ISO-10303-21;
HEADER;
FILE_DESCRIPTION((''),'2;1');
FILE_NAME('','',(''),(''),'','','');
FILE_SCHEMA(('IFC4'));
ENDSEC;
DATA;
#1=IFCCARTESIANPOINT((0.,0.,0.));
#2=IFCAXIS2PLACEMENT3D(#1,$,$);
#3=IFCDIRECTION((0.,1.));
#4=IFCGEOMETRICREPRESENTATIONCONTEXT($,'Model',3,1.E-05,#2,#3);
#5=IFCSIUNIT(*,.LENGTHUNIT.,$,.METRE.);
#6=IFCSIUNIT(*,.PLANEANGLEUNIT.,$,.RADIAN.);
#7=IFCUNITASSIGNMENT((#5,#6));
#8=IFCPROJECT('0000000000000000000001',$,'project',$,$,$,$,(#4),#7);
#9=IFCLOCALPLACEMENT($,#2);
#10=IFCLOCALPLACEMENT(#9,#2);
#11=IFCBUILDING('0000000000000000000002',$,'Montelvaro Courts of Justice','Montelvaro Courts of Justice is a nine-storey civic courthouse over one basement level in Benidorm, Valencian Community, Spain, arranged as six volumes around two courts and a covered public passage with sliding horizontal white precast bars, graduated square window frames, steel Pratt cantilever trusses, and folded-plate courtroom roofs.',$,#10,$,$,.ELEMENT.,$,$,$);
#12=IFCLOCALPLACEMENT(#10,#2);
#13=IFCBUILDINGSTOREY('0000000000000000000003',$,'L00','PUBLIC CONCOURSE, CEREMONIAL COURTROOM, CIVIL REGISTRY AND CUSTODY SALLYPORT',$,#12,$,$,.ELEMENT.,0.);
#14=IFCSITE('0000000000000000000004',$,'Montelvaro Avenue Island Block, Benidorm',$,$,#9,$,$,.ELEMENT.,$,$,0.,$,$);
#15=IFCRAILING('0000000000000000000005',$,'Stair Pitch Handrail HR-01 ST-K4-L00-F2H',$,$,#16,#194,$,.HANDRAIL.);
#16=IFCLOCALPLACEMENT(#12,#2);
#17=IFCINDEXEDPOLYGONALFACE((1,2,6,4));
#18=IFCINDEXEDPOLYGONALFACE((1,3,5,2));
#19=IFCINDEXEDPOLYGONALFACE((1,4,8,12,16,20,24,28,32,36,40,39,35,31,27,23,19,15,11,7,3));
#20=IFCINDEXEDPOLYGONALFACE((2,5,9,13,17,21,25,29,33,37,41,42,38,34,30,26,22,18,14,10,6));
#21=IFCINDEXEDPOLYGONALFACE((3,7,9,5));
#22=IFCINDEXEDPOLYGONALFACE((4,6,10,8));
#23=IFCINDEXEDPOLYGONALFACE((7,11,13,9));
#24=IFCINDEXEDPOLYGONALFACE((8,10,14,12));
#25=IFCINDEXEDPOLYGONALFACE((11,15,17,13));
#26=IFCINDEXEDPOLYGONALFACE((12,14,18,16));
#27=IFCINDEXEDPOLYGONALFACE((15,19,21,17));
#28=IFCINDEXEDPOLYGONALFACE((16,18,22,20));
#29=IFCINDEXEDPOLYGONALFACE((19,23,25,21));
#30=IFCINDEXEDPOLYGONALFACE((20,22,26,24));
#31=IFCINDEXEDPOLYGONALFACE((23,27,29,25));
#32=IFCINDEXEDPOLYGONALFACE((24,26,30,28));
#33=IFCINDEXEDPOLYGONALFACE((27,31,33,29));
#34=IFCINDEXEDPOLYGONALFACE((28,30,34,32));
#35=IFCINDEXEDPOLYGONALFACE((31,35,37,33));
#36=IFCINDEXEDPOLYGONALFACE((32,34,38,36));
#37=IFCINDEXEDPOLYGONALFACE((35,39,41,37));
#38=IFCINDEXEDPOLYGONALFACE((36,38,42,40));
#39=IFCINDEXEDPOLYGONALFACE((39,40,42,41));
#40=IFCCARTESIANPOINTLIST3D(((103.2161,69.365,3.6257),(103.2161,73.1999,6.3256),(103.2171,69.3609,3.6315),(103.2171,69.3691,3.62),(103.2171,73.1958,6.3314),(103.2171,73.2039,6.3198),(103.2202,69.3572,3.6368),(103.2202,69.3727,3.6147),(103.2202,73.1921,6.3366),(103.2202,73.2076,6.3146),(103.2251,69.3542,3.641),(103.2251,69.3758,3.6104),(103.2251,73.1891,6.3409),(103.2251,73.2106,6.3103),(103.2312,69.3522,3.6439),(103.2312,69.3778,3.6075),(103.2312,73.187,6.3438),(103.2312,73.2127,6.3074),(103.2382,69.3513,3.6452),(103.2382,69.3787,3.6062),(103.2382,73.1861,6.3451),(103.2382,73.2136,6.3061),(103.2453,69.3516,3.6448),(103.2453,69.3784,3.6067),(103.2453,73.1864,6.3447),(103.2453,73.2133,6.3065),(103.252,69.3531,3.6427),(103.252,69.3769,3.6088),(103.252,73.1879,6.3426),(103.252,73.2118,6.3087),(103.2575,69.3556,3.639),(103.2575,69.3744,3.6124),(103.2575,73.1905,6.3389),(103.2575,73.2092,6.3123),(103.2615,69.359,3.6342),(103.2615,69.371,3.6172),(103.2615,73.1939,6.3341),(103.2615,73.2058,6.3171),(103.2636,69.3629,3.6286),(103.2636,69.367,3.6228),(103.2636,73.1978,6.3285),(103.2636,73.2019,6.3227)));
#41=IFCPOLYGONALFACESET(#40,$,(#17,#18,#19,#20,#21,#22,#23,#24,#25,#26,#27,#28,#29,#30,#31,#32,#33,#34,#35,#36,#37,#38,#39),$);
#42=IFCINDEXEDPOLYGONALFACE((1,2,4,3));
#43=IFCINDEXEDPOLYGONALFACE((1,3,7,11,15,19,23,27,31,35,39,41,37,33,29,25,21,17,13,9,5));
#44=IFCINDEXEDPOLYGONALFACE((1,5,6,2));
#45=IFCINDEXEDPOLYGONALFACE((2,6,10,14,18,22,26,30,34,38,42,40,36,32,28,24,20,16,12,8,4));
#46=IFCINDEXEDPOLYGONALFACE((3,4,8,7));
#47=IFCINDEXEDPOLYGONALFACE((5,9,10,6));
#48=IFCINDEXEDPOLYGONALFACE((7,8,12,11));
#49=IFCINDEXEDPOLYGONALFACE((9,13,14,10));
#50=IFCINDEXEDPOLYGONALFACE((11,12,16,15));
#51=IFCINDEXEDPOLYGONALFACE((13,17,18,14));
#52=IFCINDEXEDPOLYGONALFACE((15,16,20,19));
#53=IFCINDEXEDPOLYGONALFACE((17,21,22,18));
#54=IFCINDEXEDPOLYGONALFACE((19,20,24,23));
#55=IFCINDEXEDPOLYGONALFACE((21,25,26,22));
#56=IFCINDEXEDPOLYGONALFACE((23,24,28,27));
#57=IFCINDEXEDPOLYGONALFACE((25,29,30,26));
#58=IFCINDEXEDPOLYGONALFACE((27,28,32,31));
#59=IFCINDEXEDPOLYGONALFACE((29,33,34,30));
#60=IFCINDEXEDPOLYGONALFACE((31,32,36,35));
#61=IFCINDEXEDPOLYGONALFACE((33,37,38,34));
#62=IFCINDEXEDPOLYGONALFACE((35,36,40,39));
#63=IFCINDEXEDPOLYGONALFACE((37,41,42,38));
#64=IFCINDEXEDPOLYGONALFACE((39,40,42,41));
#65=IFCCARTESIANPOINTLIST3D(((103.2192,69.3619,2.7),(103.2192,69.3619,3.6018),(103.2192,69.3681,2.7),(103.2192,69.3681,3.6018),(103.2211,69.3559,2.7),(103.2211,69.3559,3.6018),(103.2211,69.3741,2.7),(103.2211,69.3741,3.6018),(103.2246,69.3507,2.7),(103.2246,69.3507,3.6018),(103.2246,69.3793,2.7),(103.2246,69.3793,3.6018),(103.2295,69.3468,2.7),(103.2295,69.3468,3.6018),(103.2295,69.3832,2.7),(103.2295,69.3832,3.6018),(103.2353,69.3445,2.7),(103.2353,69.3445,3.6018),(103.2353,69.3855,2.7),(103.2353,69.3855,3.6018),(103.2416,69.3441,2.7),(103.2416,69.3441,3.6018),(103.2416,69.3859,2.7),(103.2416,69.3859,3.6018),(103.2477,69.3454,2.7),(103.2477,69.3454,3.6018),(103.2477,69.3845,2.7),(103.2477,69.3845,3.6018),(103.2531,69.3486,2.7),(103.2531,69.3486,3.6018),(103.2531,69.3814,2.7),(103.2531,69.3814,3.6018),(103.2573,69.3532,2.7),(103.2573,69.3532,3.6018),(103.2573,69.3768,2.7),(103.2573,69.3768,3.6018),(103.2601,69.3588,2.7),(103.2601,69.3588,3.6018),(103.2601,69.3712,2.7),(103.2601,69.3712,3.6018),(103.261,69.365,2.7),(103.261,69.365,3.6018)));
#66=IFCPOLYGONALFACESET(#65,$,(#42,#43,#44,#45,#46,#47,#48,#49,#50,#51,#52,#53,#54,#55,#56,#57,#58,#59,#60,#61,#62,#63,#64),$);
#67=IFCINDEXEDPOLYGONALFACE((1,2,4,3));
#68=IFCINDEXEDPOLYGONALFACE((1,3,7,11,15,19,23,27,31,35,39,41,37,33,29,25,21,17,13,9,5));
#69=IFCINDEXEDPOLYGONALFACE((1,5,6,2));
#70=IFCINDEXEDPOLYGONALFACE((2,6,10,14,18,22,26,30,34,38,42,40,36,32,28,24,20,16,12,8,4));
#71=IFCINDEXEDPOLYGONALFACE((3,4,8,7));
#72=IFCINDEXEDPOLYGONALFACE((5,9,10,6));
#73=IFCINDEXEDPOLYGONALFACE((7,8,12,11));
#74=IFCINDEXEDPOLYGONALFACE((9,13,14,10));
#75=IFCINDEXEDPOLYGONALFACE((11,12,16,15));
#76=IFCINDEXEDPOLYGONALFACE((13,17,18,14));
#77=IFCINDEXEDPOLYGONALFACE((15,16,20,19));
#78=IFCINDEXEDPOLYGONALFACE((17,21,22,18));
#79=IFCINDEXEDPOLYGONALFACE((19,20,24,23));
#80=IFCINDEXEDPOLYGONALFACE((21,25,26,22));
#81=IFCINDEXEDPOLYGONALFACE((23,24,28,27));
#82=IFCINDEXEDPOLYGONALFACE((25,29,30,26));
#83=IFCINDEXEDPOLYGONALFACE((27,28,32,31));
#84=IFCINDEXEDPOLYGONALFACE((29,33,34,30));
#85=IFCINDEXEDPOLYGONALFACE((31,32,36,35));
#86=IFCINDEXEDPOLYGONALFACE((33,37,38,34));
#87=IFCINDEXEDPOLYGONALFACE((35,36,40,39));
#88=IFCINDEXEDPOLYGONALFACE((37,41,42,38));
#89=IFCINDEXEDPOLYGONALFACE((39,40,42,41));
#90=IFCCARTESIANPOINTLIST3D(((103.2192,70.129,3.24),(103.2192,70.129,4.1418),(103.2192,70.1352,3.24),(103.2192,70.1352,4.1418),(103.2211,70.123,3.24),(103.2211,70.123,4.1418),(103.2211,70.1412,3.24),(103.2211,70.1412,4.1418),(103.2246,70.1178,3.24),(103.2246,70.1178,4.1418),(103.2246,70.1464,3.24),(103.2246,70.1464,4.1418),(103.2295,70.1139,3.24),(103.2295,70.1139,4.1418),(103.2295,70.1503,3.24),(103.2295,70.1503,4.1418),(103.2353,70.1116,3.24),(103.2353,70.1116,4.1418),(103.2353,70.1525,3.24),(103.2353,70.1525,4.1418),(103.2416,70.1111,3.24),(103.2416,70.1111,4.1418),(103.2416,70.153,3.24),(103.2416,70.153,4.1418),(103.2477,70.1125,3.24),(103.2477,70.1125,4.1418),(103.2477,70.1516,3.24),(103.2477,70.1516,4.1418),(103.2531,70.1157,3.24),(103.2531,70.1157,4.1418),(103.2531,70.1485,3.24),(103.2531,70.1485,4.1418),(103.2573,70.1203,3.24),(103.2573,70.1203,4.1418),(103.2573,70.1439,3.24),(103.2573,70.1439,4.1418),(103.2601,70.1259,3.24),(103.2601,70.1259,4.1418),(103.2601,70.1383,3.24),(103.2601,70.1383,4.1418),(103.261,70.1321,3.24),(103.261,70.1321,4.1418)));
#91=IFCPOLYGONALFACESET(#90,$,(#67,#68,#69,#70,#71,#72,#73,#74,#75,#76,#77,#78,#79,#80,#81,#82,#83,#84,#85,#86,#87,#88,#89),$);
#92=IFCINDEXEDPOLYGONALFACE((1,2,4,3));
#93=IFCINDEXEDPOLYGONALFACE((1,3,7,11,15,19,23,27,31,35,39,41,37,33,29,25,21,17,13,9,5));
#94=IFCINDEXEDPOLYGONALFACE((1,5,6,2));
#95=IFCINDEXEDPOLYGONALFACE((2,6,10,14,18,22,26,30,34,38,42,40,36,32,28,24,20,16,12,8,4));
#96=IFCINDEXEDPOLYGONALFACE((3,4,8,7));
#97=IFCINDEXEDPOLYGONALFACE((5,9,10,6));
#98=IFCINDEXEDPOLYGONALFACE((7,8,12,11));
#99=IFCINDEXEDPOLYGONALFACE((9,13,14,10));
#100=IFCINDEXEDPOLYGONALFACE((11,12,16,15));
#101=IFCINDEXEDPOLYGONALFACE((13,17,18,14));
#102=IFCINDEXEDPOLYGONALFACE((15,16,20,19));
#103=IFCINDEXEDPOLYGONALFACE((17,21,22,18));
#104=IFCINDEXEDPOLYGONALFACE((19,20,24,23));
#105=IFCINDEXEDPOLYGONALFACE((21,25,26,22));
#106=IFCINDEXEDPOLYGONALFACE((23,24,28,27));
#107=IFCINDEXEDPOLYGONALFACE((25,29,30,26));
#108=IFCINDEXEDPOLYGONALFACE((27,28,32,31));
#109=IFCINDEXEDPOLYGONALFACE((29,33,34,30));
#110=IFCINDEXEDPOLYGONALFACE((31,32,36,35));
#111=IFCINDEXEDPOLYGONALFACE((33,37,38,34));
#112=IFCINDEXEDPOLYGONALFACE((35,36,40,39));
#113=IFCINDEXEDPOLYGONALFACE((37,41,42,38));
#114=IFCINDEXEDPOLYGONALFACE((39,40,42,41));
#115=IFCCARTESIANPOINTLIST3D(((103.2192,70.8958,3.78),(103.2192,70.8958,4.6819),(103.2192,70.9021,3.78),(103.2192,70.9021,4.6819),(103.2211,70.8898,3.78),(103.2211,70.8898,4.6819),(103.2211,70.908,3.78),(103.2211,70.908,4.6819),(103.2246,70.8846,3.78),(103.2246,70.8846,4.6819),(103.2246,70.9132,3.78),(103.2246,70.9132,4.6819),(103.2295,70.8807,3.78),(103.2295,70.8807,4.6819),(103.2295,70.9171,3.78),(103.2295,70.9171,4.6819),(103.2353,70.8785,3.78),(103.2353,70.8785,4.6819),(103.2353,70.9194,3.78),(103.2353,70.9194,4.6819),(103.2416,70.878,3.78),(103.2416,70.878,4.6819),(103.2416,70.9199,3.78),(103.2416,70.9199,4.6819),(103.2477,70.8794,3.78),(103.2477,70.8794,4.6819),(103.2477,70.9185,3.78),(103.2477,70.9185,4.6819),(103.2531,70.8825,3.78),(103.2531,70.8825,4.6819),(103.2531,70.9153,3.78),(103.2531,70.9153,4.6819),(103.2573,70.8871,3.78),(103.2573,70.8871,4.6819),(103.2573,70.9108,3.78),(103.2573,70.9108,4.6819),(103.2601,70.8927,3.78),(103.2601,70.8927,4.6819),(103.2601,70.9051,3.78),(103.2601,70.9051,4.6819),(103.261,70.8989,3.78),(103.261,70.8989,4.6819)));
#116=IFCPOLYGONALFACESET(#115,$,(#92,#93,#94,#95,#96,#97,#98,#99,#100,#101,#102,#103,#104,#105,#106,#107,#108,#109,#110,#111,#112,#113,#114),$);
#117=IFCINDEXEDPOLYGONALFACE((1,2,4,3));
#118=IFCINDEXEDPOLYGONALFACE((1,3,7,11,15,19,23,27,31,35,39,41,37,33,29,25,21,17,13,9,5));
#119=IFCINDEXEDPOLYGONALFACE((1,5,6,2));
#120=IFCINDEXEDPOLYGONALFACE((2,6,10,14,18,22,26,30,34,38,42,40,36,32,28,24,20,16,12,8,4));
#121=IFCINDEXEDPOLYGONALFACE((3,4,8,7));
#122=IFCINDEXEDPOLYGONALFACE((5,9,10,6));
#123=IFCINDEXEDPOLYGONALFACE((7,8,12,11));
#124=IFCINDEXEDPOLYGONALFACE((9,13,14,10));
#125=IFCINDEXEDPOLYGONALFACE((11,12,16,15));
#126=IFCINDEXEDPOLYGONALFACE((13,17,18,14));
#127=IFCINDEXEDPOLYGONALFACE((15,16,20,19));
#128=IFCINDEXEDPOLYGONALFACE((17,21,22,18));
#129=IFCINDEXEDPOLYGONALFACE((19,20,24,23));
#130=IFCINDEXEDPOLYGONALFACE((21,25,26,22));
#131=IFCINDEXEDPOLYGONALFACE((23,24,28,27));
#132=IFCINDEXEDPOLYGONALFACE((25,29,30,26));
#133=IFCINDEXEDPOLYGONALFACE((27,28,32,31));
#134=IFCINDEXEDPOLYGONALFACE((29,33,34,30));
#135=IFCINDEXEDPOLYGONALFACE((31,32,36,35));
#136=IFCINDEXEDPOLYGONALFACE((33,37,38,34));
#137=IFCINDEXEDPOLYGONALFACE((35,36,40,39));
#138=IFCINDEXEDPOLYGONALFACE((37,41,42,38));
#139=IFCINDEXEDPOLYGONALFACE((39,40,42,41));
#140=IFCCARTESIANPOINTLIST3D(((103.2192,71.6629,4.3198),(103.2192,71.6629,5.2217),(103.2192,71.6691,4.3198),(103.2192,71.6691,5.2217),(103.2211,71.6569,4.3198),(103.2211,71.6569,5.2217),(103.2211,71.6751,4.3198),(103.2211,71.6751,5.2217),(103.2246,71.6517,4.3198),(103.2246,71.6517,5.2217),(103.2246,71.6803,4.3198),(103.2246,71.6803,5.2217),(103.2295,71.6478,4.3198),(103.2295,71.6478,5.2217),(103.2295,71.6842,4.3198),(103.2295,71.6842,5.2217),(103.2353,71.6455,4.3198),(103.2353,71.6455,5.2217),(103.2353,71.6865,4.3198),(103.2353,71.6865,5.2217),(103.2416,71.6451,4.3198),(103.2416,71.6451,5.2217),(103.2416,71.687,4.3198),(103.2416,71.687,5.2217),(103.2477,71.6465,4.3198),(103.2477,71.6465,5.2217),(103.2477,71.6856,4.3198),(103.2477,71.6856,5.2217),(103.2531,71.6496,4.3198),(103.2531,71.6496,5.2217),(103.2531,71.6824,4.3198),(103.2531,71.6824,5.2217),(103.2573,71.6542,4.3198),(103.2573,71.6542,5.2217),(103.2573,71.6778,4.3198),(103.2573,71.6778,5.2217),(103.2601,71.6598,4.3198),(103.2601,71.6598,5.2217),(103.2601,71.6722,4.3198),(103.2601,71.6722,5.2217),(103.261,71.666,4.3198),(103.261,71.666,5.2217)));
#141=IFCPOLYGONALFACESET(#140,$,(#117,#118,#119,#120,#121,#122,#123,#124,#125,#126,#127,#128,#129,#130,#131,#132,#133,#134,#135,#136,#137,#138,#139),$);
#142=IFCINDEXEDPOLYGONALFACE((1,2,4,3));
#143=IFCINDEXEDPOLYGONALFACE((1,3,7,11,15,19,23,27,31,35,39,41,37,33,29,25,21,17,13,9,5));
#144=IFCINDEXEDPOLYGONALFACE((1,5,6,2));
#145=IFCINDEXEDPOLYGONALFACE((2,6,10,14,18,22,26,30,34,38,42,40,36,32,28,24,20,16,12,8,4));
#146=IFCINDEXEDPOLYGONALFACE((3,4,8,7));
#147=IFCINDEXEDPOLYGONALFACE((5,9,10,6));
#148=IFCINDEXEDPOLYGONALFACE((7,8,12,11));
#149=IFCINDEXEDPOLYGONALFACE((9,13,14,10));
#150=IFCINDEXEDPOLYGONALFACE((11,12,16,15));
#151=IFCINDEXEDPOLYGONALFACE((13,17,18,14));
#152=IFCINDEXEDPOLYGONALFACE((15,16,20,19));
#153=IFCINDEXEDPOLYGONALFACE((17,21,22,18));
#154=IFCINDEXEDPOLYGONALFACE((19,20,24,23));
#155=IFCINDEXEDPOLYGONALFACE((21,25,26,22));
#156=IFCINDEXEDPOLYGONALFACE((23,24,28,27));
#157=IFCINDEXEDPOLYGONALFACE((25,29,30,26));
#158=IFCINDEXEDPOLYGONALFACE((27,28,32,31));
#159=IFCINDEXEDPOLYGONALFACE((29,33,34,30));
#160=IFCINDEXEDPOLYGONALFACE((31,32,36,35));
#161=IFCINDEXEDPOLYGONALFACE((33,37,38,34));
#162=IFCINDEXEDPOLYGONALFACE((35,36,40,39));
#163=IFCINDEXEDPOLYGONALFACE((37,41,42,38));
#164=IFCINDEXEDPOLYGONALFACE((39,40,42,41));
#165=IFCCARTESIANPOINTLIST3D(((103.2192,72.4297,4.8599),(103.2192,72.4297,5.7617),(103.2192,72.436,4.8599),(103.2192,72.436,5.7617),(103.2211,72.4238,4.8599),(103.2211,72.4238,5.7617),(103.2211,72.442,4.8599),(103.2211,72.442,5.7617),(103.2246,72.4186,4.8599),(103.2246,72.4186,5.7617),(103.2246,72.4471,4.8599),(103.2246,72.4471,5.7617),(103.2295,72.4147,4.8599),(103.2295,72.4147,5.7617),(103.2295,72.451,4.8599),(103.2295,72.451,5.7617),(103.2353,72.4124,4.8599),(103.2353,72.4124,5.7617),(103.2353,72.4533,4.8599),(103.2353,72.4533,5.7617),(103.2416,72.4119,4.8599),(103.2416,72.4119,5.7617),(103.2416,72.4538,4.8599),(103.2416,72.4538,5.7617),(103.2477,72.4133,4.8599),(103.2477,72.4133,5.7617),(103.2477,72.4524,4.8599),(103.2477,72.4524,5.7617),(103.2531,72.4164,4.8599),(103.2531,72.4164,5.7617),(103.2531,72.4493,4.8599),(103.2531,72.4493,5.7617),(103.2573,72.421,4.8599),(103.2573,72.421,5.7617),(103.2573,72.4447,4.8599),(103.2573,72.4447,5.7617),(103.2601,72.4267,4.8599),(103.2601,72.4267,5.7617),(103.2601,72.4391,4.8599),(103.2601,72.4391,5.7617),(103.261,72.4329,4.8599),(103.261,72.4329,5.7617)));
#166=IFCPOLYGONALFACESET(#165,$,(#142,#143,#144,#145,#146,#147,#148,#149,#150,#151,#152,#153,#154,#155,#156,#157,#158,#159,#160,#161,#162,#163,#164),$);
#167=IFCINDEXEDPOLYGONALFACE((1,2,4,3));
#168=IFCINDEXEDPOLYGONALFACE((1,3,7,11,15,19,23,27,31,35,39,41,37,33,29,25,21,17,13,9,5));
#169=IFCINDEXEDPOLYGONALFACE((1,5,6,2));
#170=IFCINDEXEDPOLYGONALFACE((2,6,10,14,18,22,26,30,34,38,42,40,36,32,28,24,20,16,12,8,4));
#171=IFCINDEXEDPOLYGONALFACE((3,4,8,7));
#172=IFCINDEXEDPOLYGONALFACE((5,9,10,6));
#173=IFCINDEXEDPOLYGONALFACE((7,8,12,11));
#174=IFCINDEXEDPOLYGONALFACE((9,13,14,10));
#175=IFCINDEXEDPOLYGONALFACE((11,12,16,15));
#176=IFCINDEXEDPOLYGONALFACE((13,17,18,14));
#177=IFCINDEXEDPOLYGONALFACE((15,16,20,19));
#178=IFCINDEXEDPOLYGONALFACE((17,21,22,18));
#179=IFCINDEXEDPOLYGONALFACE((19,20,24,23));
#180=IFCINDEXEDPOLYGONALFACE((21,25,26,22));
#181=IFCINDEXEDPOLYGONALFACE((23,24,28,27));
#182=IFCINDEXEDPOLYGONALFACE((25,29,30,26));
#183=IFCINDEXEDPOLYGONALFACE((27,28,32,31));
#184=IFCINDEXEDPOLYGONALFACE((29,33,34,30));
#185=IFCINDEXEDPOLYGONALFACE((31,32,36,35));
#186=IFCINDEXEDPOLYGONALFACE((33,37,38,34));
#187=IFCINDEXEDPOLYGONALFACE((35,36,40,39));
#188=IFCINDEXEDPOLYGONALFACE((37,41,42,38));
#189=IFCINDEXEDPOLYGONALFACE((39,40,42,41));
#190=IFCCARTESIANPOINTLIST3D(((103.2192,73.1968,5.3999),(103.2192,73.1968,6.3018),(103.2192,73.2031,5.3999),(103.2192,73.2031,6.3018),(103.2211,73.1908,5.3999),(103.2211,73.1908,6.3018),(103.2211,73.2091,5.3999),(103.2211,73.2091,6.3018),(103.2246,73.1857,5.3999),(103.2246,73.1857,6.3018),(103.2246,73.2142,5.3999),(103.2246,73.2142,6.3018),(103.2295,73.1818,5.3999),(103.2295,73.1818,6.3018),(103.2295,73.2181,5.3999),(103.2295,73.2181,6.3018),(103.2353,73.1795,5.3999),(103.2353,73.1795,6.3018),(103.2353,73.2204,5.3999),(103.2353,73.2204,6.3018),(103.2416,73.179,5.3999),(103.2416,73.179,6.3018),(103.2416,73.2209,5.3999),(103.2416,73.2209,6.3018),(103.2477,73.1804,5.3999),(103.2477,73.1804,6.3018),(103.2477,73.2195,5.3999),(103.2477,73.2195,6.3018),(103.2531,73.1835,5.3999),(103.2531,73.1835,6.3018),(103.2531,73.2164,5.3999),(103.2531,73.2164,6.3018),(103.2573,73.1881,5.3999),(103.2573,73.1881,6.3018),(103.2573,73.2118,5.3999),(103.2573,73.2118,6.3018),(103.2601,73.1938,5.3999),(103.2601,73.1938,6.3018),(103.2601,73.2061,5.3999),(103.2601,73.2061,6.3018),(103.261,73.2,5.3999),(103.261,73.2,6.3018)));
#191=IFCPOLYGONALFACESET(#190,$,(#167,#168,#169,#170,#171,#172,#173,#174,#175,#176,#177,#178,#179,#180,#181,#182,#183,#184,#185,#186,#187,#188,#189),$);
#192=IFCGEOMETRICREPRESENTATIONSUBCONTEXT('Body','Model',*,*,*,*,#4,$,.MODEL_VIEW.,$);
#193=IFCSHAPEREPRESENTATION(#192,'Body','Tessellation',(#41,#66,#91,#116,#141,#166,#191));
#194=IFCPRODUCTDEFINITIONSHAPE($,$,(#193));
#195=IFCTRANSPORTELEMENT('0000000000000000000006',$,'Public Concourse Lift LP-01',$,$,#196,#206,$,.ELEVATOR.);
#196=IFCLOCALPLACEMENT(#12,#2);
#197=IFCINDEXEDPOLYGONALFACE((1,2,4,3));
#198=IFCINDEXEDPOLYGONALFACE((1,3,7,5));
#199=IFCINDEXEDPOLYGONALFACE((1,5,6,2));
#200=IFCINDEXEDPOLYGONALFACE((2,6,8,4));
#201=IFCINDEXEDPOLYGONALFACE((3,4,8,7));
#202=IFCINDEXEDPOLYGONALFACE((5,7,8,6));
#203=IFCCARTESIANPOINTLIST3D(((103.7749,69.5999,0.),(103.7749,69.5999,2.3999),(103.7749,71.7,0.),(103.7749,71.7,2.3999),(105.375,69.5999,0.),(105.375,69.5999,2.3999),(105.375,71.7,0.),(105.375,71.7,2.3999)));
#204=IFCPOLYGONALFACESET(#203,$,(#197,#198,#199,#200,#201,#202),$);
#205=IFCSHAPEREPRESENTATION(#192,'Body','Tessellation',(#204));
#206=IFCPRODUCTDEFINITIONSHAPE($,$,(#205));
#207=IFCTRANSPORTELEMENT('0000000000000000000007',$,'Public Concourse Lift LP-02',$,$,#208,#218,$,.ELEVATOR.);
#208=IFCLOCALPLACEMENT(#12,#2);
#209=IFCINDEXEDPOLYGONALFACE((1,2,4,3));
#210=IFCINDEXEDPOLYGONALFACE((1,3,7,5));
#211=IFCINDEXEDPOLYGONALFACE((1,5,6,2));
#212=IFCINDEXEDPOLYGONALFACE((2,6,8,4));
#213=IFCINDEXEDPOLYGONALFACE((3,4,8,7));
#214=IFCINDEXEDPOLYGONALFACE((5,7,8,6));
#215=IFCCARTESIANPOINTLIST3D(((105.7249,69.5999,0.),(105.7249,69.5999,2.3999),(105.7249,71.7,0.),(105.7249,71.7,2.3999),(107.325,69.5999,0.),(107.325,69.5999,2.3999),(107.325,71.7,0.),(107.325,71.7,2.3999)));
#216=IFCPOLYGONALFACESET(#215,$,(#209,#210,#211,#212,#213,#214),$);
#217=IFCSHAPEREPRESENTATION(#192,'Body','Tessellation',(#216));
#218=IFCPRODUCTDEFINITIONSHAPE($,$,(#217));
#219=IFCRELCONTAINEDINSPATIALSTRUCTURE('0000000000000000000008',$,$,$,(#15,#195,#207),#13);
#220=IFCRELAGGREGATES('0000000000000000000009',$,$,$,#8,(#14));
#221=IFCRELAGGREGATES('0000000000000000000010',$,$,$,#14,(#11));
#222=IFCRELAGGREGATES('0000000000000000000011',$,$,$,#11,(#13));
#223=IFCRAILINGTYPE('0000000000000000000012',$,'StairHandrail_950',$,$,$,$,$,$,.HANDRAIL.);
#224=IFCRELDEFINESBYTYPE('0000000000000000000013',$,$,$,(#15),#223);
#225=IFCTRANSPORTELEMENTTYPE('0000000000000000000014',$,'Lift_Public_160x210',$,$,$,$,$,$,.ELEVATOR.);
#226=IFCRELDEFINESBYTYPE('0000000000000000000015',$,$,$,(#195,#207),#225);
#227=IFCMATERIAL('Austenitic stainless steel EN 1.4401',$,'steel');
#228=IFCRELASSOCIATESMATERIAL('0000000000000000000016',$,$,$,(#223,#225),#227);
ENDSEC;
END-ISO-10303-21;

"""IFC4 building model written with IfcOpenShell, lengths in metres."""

from ifc_helpers import new_model, si_unit, direction, frame, origin, origin_2d, place, context, subcontext, project, spatial, rectangle, circle, extrude, material, type_object, element, save


model = new_model("IFC4")

# Units and contexts
model_context = context("Model", 3, precision=1e-05, world=origin(), true_north=direction((0.0, 1.0)))
body_context = subcontext(model_context, "Body", "Model", "MODEL_VIEW")
ifc_project = project(units=[si_unit("LENGTHUNIT", "METRE"), si_unit("PLANEANGLEUNIT", "RADIAN")], contexts=[model_context])

# Site, building, storey
site_placement = place(None, origin())
site = spatial("IfcSite", under=ifc_project, at=site_placement, Name="Montelvaro Avenue Island Block, Benidorm", CompositionType="ELEMENT", RefElevation=0.0)
building_placement = place(site_placement, origin())
building = spatial("IfcBuilding", under=site, at=building_placement, Name="Montelvaro Courts of Justice", Description="Montelvaro Courts of Justice is a nine-storey civic courthouse over one basement level in Benidorm, Valencian Community, Spain, arranged as six volumes around two courts and a covered public passage with sliding horizontal white precast bars, graduated square window frames, steel Pratt cantilever trusses, and folded-plate courtroom roofs.", CompositionType="ELEMENT")
storey_placement = place(building_placement, origin())
storey = spatial("IfcBuildingStorey", under=building, at=storey_placement, Name="L00", Description="PUBLIC CONCOURSE, CEREMONIAL COURTROOM, CIVIL REGISTRY AND CUSTODY SALLYPORT", CompositionType="ELEMENT", Elevation=0.0)

# Railing
ifc_material_1 = material(Name="Austenitic stainless steel EN 1.4401", Category="steel")
railing_type_1 = type_object("IfcRailingType", Name="StairHandrail_950", PredefinedType="HANDRAIL", material=ifc_material_1)
railing_1_placement = place(storey_placement, frame((103.24, 69.365, 2.7)))
element("IfcRailing", 1, at=railing_1_placement, inside=storey, type_object=railing_type_1, Name="Stair Pitch Handrail HR-01 ST-K4-L00-F2H", PredefinedType="HANDRAIL", context=body_context, shape_type="SweptSolid", body=[
    extrude(circle(Radius=0.0239, at=origin_2d()), frame((0.0, 0.0, 0.9258), z_axis=(0.0, 0.817678, 0.575675), x_axis=(-1.0, 0.0, 0.0)), (0.0, 0.0, 1.0), 4.6899),
    extrude(circle(Radius=0.021, at=origin_2d()), origin(), (0.0, 0.0, 1.0), 0.9019),
    extrude(circle(Radius=0.021, at=origin_2d()), frame((0.0, 0.7671, 0.54)), (0.0, 0.0, 1.0), 0.9019),
    extrude(circle(Radius=0.021, at=origin_2d()), frame((0.0, 1.5339, 1.0801)), (0.0, 0.0, 1.0), 0.9019),
    extrude(circle(Radius=0.021, at=origin_2d()), frame((0.0, 2.301, 1.6199)), (0.0, 0.0, 1.0), 0.9019),
    extrude(circle(Radius=0.021, at=origin_2d()), frame((0.0, 3.0679, 2.1599)), (0.0, 0.0, 1.0), 0.9019),
    extrude(circle(Radius=0.021, at=origin_2d()), frame((0.0, 3.835, 2.7)), (0.0, 0.0, 1.0), 0.9019),
])

# Transport elements
transport_element_type = type_object("IfcTransportElementType", Name="Lift_Public_160x210", PredefinedType="ELEVATOR", material=ifc_material_1)
for number, where, z_axis, x_axis, name in (
    (2, (104.575, 70.6499, 0.0), (0.0, 0.0, 1.0), (1.0, 0.0, 0.0), "Public Concourse Lift LP-01"),
    (3, (106.5249, 70.6499, 0.0), (0.0, 0.0, 1.0), (1.0, 0.0, 0.0), "Public Concourse Lift LP-02"),
):
    element("IfcTransportElement", number, at=place(storey_placement, frame(where, z_axis=z_axis, x_axis=x_axis)), inside=storey, type_object=transport_element_type, Name=name, PredefinedType="ELEVATOR", context=body_context, shape_type="SweptSolid", body=[
        extrude(rectangle(XDim=1.6001, YDim=2.1001, at=origin_2d()), origin(), (0.0, 0.0, 1.0), 2.3999),
    ])

save(model, "model.ifc")
